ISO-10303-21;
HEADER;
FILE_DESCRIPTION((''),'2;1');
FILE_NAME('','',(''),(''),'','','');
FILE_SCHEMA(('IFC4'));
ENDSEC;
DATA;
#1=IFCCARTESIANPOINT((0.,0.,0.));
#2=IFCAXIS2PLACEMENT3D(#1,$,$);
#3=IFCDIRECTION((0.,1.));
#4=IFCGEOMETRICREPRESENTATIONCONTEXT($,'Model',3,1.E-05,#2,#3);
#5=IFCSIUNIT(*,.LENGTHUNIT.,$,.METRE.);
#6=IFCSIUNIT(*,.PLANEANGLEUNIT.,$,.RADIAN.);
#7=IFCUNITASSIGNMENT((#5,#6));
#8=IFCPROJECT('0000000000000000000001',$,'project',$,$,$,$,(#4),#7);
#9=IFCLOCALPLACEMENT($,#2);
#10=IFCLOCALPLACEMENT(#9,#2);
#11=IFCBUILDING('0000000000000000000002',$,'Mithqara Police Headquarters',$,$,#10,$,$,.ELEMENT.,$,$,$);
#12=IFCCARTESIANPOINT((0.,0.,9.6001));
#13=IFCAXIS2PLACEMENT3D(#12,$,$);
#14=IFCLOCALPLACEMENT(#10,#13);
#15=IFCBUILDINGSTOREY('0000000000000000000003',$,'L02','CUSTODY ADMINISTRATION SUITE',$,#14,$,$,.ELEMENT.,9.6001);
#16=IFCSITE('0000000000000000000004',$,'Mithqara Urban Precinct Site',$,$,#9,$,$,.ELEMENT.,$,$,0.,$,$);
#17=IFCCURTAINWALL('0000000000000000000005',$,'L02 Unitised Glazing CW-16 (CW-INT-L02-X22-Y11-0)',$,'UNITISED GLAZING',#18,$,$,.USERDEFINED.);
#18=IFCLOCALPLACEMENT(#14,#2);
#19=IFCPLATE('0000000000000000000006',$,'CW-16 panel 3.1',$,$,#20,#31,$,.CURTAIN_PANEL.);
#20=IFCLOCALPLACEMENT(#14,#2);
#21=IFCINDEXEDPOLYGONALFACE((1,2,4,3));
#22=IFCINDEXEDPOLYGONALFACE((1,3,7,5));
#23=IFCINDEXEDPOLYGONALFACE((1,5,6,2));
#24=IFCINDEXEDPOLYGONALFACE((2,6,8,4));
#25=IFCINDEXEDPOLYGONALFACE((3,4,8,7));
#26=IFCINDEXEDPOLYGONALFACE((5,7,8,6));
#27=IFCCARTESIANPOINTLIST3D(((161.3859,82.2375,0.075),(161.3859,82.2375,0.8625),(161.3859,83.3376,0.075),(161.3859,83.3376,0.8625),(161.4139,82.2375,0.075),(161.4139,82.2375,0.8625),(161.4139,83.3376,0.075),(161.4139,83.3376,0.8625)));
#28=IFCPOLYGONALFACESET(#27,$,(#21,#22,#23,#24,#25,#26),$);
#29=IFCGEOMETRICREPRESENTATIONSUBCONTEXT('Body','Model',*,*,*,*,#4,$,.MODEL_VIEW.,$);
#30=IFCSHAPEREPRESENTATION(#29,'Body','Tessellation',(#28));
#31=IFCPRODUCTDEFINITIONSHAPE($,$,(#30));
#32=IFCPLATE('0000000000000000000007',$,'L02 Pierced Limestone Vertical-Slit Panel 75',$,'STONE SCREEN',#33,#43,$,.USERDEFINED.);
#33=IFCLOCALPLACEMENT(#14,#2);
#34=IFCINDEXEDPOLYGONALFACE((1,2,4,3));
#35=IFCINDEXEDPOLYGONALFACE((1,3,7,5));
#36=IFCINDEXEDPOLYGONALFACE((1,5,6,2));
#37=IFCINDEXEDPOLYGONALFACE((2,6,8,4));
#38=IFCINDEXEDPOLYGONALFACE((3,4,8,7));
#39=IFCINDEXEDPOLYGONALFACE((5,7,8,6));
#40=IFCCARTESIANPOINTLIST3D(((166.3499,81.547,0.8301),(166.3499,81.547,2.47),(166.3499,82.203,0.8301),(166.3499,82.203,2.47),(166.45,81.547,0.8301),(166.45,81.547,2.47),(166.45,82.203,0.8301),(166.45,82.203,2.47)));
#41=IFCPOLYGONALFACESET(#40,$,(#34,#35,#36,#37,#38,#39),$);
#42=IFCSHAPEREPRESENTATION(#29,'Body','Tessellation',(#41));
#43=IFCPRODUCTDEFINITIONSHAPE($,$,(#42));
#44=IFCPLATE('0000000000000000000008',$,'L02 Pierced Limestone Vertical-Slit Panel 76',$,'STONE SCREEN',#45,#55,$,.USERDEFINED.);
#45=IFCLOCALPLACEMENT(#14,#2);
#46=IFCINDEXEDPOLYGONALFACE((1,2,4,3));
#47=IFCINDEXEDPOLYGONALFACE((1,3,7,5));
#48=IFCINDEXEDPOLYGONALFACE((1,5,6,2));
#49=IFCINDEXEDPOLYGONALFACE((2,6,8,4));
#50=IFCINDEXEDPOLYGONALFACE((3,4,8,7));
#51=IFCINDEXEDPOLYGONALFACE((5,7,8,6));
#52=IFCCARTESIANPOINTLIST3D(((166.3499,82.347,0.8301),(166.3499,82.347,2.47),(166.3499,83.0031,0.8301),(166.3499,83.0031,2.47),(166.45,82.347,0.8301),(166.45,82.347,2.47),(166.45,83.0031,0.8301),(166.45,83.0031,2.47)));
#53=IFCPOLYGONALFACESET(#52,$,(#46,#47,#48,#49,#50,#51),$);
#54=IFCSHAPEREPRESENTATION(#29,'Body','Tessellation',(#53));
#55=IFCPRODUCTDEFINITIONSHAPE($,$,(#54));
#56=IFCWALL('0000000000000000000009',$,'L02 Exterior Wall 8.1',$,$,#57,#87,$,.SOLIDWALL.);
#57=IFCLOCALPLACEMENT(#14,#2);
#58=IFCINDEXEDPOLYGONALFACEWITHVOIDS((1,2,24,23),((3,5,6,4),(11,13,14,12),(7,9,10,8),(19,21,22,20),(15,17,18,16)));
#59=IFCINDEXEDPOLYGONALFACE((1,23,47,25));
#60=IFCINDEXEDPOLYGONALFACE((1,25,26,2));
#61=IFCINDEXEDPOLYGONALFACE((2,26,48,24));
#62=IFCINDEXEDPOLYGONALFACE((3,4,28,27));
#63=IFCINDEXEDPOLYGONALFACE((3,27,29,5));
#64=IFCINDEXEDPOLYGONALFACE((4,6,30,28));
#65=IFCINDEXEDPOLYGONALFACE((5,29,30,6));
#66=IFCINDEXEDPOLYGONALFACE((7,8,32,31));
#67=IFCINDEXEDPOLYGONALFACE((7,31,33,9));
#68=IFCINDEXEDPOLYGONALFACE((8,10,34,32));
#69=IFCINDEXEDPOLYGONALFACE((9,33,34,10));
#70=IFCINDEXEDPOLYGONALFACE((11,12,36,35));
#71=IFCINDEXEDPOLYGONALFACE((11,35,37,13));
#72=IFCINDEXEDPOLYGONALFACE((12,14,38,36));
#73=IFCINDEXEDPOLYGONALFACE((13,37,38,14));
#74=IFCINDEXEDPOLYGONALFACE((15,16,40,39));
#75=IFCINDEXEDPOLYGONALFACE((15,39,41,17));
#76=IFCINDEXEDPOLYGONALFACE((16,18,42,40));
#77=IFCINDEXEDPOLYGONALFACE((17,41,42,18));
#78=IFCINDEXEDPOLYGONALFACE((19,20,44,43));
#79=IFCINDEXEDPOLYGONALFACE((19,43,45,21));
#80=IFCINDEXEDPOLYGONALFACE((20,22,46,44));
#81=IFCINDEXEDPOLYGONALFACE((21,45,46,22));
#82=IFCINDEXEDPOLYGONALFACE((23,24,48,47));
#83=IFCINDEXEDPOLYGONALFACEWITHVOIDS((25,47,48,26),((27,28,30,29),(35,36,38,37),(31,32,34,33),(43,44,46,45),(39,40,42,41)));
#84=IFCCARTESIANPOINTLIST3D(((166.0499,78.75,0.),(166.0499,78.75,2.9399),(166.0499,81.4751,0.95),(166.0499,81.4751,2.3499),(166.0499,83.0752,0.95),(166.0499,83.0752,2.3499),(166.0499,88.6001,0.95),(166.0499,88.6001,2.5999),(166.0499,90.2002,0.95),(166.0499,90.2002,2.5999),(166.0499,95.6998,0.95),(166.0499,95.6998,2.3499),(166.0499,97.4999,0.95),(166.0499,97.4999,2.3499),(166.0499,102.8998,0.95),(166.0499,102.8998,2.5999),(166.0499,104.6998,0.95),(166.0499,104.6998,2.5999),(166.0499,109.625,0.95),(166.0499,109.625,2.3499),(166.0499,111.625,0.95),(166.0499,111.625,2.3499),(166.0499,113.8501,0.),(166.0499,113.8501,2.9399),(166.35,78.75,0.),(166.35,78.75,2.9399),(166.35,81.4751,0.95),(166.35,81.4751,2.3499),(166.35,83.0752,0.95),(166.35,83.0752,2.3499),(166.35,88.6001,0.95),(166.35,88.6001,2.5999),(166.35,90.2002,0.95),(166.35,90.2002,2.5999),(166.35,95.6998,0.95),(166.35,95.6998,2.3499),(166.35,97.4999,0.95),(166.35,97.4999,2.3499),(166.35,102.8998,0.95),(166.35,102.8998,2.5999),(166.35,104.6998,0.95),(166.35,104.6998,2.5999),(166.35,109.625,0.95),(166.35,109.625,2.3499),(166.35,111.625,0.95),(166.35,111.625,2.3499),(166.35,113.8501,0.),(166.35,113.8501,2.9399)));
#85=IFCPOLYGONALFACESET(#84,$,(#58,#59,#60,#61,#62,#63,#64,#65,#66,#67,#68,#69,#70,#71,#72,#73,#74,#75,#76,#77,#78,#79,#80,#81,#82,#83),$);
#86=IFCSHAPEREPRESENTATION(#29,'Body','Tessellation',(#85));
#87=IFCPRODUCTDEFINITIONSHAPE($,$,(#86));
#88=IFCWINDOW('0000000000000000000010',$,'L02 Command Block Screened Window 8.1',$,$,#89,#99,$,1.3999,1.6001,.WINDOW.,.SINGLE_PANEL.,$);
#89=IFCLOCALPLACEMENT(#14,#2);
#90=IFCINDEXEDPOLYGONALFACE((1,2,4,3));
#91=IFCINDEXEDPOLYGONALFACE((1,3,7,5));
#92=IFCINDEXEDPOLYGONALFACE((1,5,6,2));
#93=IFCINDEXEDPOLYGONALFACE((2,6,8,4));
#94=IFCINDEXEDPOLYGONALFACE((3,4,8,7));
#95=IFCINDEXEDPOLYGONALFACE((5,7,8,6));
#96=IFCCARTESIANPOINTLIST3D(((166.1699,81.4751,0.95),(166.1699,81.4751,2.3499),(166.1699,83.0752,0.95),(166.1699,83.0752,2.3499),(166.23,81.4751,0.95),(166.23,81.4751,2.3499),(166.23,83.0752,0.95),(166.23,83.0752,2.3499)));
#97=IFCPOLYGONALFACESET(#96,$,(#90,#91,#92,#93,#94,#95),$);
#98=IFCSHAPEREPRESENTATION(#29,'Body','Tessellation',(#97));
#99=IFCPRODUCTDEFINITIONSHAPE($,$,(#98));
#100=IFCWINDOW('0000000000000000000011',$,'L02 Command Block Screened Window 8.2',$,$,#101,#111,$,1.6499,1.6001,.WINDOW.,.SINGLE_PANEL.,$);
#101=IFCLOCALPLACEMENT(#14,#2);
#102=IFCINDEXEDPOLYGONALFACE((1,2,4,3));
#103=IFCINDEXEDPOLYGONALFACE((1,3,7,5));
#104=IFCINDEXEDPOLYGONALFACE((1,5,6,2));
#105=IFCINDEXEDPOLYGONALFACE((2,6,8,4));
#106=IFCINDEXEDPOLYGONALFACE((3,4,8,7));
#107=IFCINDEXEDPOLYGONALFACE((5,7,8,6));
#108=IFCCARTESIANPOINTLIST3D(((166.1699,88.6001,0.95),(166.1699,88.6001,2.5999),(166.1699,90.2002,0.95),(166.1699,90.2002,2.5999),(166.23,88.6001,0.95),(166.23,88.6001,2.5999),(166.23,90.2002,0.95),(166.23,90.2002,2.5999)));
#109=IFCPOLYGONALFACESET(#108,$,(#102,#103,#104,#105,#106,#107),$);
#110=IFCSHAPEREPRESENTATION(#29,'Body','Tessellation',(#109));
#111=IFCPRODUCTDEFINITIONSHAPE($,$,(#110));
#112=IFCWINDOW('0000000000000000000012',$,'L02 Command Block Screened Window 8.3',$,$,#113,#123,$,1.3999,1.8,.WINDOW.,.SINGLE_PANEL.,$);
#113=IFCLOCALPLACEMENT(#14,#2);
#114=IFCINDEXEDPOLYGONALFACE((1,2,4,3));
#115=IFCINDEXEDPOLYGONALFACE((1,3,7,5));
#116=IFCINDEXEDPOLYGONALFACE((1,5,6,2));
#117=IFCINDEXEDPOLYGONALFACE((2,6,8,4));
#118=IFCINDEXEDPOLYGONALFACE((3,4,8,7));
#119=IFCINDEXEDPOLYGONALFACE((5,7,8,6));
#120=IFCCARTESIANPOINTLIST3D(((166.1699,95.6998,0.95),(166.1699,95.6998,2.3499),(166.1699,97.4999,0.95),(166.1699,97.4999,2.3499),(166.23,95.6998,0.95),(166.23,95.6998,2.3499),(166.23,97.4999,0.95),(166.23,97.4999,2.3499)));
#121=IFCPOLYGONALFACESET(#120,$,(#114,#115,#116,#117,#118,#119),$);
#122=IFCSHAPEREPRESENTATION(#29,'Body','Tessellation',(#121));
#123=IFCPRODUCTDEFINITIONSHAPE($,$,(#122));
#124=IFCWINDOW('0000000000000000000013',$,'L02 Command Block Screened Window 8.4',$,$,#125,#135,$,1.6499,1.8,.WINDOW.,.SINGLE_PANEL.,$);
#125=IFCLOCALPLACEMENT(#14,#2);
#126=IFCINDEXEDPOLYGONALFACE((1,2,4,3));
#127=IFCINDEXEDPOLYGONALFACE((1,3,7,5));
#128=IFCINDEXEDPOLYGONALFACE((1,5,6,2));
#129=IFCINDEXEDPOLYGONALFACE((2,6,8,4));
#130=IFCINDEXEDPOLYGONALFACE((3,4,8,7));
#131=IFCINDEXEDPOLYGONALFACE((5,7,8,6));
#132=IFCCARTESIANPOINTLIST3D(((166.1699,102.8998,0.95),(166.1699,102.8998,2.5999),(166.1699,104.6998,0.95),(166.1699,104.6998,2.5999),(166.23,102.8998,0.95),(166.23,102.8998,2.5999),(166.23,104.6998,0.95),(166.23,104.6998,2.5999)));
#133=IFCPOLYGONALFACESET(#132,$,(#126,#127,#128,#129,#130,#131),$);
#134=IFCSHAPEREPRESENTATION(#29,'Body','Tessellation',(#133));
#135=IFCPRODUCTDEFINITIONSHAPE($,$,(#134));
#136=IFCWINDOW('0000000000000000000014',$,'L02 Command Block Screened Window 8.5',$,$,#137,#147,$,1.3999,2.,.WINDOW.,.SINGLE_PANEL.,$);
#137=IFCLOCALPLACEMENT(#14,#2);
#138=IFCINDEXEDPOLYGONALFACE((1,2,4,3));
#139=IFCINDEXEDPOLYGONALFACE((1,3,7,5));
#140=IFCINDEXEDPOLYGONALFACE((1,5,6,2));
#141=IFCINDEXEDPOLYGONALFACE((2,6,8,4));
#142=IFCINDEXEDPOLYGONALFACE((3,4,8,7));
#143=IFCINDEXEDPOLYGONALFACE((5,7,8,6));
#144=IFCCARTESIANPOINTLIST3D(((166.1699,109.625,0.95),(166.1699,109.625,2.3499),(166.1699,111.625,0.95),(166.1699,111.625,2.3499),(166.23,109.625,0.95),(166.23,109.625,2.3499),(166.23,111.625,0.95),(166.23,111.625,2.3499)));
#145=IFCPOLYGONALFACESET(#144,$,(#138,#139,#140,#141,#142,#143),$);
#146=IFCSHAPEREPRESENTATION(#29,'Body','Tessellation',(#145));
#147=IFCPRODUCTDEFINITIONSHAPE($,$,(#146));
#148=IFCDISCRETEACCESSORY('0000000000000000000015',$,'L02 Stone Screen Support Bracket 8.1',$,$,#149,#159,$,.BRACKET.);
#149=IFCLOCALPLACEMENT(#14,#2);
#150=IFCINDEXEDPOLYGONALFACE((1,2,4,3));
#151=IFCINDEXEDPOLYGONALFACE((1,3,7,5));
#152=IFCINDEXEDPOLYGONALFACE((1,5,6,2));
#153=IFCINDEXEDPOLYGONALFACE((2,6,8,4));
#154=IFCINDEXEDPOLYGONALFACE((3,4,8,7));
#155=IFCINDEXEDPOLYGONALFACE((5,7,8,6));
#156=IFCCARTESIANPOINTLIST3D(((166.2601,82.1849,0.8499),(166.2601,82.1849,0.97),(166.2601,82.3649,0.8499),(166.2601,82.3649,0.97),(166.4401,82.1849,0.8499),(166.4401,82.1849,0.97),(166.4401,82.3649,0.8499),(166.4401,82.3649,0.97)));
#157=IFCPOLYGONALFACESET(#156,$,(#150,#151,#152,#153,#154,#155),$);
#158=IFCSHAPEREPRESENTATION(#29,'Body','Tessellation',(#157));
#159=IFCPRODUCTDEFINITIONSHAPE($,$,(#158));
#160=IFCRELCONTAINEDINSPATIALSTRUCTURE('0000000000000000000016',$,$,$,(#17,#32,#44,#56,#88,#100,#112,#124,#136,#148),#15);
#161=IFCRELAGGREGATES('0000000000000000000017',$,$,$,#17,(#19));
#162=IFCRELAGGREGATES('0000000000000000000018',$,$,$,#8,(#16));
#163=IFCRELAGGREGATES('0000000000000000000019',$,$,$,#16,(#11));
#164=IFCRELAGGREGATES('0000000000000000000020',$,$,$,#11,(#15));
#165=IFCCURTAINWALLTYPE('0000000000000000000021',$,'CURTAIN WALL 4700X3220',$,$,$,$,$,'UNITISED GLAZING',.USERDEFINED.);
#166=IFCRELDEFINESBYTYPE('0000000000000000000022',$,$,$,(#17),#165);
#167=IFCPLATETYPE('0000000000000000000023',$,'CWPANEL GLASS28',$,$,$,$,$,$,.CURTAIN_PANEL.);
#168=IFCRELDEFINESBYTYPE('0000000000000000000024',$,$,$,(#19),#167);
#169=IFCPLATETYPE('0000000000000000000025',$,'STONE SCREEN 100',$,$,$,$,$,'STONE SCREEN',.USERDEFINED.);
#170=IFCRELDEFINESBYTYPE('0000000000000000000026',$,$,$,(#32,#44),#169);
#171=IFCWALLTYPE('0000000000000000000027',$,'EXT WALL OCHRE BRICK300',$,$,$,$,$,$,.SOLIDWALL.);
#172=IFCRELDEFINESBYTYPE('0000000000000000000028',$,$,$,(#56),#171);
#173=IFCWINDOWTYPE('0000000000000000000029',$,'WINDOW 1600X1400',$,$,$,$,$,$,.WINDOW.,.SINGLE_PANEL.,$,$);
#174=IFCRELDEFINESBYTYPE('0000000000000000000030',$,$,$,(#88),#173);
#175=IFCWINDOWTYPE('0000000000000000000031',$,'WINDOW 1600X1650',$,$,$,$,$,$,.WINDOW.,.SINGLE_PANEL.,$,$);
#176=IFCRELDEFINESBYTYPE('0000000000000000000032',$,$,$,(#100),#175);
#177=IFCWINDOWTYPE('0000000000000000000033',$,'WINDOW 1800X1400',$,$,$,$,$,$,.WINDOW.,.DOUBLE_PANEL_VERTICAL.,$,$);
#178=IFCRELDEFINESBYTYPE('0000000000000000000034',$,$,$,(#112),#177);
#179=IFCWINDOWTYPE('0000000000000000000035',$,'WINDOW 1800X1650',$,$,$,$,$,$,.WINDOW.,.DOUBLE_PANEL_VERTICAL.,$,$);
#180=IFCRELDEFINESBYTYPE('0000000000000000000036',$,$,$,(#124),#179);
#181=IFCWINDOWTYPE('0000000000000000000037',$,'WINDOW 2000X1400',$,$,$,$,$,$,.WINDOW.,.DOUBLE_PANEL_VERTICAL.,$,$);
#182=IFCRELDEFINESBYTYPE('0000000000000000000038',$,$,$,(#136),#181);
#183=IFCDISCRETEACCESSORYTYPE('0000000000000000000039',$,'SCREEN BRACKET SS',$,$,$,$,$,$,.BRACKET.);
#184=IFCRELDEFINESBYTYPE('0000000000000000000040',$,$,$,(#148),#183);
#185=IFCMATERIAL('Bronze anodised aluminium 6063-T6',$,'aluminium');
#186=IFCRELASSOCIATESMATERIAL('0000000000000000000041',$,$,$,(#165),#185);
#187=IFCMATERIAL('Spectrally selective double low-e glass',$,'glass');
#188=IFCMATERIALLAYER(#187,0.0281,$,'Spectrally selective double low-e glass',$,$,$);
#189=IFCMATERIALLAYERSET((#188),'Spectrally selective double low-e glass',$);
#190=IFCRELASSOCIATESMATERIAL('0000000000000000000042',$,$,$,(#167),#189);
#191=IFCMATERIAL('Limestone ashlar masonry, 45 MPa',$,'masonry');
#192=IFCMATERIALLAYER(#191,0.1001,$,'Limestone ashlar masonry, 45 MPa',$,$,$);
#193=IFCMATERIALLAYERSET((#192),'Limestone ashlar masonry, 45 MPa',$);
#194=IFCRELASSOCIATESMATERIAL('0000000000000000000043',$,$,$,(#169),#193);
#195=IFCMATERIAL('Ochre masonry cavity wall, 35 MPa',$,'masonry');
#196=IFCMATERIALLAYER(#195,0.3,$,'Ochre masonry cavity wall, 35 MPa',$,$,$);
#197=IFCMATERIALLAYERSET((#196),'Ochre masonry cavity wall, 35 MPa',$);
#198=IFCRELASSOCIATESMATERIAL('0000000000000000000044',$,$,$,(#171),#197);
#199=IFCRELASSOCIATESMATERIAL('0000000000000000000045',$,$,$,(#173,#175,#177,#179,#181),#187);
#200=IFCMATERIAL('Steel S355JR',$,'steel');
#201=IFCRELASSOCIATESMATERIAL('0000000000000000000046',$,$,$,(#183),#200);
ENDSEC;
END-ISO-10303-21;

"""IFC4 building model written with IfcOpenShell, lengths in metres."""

from ifc_helpers import new_model, si_unit, direction, frame, frame_2d, origin, origin_2d, place, context, subcontext, project, spatial, rectangle, extrude, material, layer, layer_set, type_object, element, fill, aggregate, save


model = new_model("IFC4")

# Units and contexts
model_context = context("Model", 3, precision=1e-05, world=origin(), true_north=direction((0.0, 1.0)))
body_context = subcontext(model_context, "Body", "Model", "MODEL_VIEW")
ifc_project = project(units=[si_unit("LENGTHUNIT", "METRE"), si_unit("PLANEANGLEUNIT", "RADIAN")], contexts=[model_context])

# Site, building, storey
site_placement = place(None, origin())
site = spatial("IfcSite", under=ifc_project, at=site_placement, Name="Mithqara Urban Precinct Site", CompositionType="ELEMENT", RefElevation=0.0)
building_placement = place(site_placement, origin())
building = spatial("IfcBuilding", under=site, at=building_placement, Name="Mithqara Police Headquarters", CompositionType="ELEMENT")
storey_placement = place(building_placement, frame((0.0, 0.0, 9.6001)))
storey = spatial("IfcBuildingStorey", under=building, at=storey_placement, Name="L02", Description="CUSTODY ADMINISTRATION SUITE", CompositionType="ELEMENT", Elevation=9.6001)

# Curtain wall, plate
ifc_material_1 = material(Name="Bronze anodised aluminium 6063-T6", Category="aluminium")
curtain_wall_type = type_object("IfcCurtainWallType", Name="CURTAIN WALL 4700X3220", ElementType="UNITISED GLAZING", PredefinedType="USERDEFINED", material=ifc_material_1)
curtain_wall_placement = place(storey_placement, origin())
curtain_wall = element("IfcCurtainWall", 1, at=curtain_wall_placement, inside=storey, type_object=curtain_wall_type, Name="L02 Unitised Glazing CW-16 (CW-INT-L02-X22-Y11-0)", ObjectType="UNITISED GLAZING", PredefinedType="USERDEFINED")
ifc_material_2 = material(Name="Spectrally selective double low-e glass", Category="glass")
ifc_layer_1 = layer(ifc_material_2, 0.0281, Name="Spectrally selective double low-e glass")
ifc_layer_set_1 = layer_set([ifc_layer_1], Name="Spectrally selective double low-e glass")
plate_type_1 = type_object("IfcPlateType", Name="CWPANEL GLASS28", PredefinedType="CURTAIN_PANEL", material=ifc_layer_set_1)
plate_1_placement = place(storey_placement, frame((161.3999, 82.7876, 0.075), z_axis=(0.0, 0.0, 1.0), x_axis=(0.0, 1.0, 0.0)))
plate_1 = element("IfcPlate", 2, at=plate_1_placement, type_object=plate_type_1, Name="CW-16 panel 3.1", PredefinedType="CURTAIN_PANEL", context=body_context, shape_type="SweptSolid", body=[
    extrude(rectangle(XDim=1.1001, YDim=0.0281, at=origin_2d()), origin(), (0.0, 0.0, 1.0), 0.7876),
])
aggregate(curtain_wall, [plate_1])

# Plates
ifc_material_3 = material(Name="Limestone ashlar masonry, 45 MPa", Category="masonry")
ifc_layer_2 = layer(ifc_material_3, 0.1001, Name="Limestone ashlar masonry, 45 MPa")
ifc_layer_set_2 = layer_set([ifc_layer_2], Name="Limestone ashlar masonry, 45 MPa")
plate_type_2 = type_object("IfcPlateType", Name="STONE SCREEN 100", ElementType="STONE SCREEN", PredefinedType="USERDEFINED", material=ifc_layer_set_2)
for number, where, z_axis, x_axis, name in (
    (3, (166.3999, 81.875, 0.8301), (0.0, 0.0, 1.0), (0.0, 1.0, 0.0), "L02 Pierced Limestone Vertical-Slit Panel 75"),
    (4, (166.3999, 82.675, 0.8301), (0.0, 0.0, 1.0), (0.0, 1.0, 0.0), "L02 Pierced Limestone Vertical-Slit Panel 76"),
):
    element("IfcPlate", number, at=place(storey_placement, frame(where, z_axis=z_axis, x_axis=x_axis)), inside=storey, type_object=plate_type_2, Name=name, ObjectType="STONE SCREEN", PredefinedType="USERDEFINED", context=body_context, shape_type="SweptSolid", body=[
        extrude(rectangle(XDim=0.656, YDim=0.1001, at=origin_2d()), origin(), (0.0, 0.0, 1.0), 1.6399),
    ])

# Wall, openings, windows
ifc_material_4 = material(Name="Ochre masonry cavity wall, 35 MPa", Category="masonry")
ifc_layer_3 = layer(ifc_material_4, 0.3, Name="Ochre masonry cavity wall, 35 MPa")
ifc_layer_set_3 = layer_set([ifc_layer_3], Name="Ochre masonry cavity wall, 35 MPa")
wall_type = type_object("IfcWallType", Name="EXT WALL OCHRE BRICK300", PredefinedType="SOLIDWALL", material=ifc_layer_set_3)
wall_placement = place(storey_placement, frame((166.2, 78.75, 0.0), z_axis=(0.0, 0.0, 1.0), x_axis=(0.0, 1.0, 0.0)))
wall = element("IfcWall", 5, at=wall_placement, inside=storey, type_object=wall_type, Name="L02 Exterior Wall 8.1", PredefinedType="SOLIDWALL", context=body_context, shape_type="SweptSolid", body=[
    extrude(rectangle(XDim=35.1001, YDim=0.3, at=frame_2d((17.55, 0.0))), origin(), (0.0, 0.0, 1.0), 2.9399),
])
opening_1_placement = place(wall_placement, frame((2.7251, 0.0, 0.95)))
opening_1 = element("IfcOpeningElement", 6, at=opening_1_placement, cuts=wall, PredefinedType="OPENING", context=body_context, shape_type="SweptSolid", body=[
    extrude(rectangle(XDim=1.6001, YDim=1.3999, at=frame_2d((0.8, 0.7))), frame((0.0, 0.1602, 0.0), z_axis=(0.0, -1.0, 0.0), x_axis=(1.0, 0.0, 0.0)), (0.0, 0.0, 1.0), 0.3201),
])
opening_2_placement = place(wall_placement, frame((9.8501, 0.0, 0.95)))
opening_2 = element("IfcOpeningElement", 7, at=opening_2_placement, cuts=wall, PredefinedType="OPENING", context=body_context, shape_type="SweptSolid", body=[
    extrude(rectangle(XDim=1.6001, YDim=1.6499, at=frame_2d((0.8, 0.825))), frame((0.0, 0.1602, 0.0), z_axis=(0.0, -1.0, 0.0), x_axis=(1.0, 0.0, 0.0)), (0.0, 0.0, 1.0), 0.3201),
])
opening_3_placement = place(wall_placement, frame((16.95, 0.0, 0.95)))
opening_3 = element("IfcOpeningElement", 8, at=opening_3_placement, cuts=wall, PredefinedType="OPENING", context=body_context, shape_type="SweptSolid", body=[
    extrude(rectangle(XDim=1.8, YDim=1.3999, at=frame_2d((0.8999, 0.7))), frame((0.0, 0.1602, 0.0), z_axis=(0.0, -1.0, 0.0), x_axis=(1.0, 0.0, 0.0)), (0.0, 0.0, 1.0), 0.3201),
])
opening_4_placement = place(wall_placement, frame((24.1499, 0.0, 0.95)))
opening_4 = element("IfcOpeningElement", 9, at=opening_4_placement, cuts=wall, PredefinedType="OPENING", context=body_context, shape_type="SweptSolid", body=[
    extrude(rectangle(XDim=1.8, YDim=1.6499, at=frame_2d((0.8999, 0.825))), frame((0.0, 0.1602, 0.0), z_axis=(0.0, -1.0, 0.0), x_axis=(1.0, 0.0, 0.0)), (0.0, 0.0, 1.0), 0.3201),
])
opening_5_placement = place(wall_placement, frame((30.875, 0.0, 0.95)))
opening_5 = element("IfcOpeningElement", 10, at=opening_5_placement, cuts=wall, PredefinedType="OPENING", context=body_context, shape_type="SweptSolid", body=[
    extrude(rectangle(XDim=2.0, YDim=1.3999, at=frame_2d((1.0, 0.7))), frame((0.0, 0.1602, 0.0), z_axis=(0.0, -1.0, 0.0), x_axis=(1.0, 0.0, 0.0)), (0.0, 0.0, 1.0), 0.3201),
])
window_type_1 = type_object("IfcWindowType", Name="WINDOW 1600X1400", PartitioningType="SINGLE_PANEL", PredefinedType="WINDOW", material=ifc_material_2)
window_1_placement = place(opening_1_placement, origin())
window_1 = element("IfcWindow", 11, at=window_1_placement, inside=storey, type_object=window_type_1, Name="L02 Command Block Screened Window 8.1", OverallHeight=1.3999, OverallWidth=1.6001, PartitioningType="SINGLE_PANEL", PredefinedType="WINDOW", context=body_context, shape_type="SweptSolid", body=[
    extrude(rectangle(XDim=1.6001, YDim=1.3999, at=frame_2d((0.8, 0.7))), frame((0.0, 0.03, 0.0), z_axis=(0.0, -1.0, 0.0), x_axis=(1.0, 0.0, 0.0)), (0.0, 0.0, 1.0), 0.0601),
])
fill(opening_1, window_1)
window_type_2 = type_object("IfcWindowType", Name="WINDOW 1600X1650", PartitioningType="SINGLE_PANEL", PredefinedType="WINDOW", material=ifc_material_2)
window_2_placement = place(opening_2_placement, origin())
window_2 = element("IfcWindow", 12, at=window_2_placement, inside=storey, type_object=window_type_2, Name="L02 Command Block Screened Window 8.2", OverallHeight=1.6499, OverallWidth=1.6001, PartitioningType="SINGLE_PANEL", PredefinedType="WINDOW", context=body_context, shape_type="SweptSolid", body=[
    extrude(rectangle(XDim=1.6001, YDim=1.6499, at=frame_2d((0.8, 0.825))), frame((0.0, 0.03, 0.0), z_axis=(0.0, -1.0, 0.0), x_axis=(1.0, 0.0, 0.0)), (0.0, 0.0, 1.0), 0.0601),
])
fill(opening_2, window_2)
window_type_3 = type_object("IfcWindowType", Name="WINDOW 1800X1400", PartitioningType="DOUBLE_PANEL_VERTICAL", PredefinedType="WINDOW", material=ifc_material_2)
window_3_placement = place(opening_3_placement, origin())
window_3 = element("IfcWindow", 13, at=window_3_placement, inside=storey, type_object=window_type_3, Name="L02 Command Block Screened Window 8.3", OverallHeight=1.3999, OverallWidth=1.8, PartitioningType="SINGLE_PANEL", PredefinedType="WINDOW", context=body_context, shape_type="SweptSolid", body=[
    extrude(rectangle(XDim=1.8, YDim=1.3999, at=frame_2d((0.8999, 0.7))), frame((0.0, 0.03, 0.0), z_axis=(0.0, -1.0, 0.0), x_axis=(1.0, 0.0, 0.0)), (0.0, 0.0, 1.0), 0.0601),
])
fill(opening_3, window_3)
window_type_4 = type_object("IfcWindowType", Name="WINDOW 1800X1650", PartitioningType="DOUBLE_PANEL_VERTICAL", PredefinedType="WINDOW", material=ifc_material_2)
window_4_placement = place(opening_4_placement, origin())
window_4 = element("IfcWindow", 14, at=window_4_placement, inside=storey, type_object=window_type_4, Name="L02 Command Block Screened Window 8.4", OverallHeight=1.6499, OverallWidth=1.8, PartitioningType="SINGLE_PANEL", PredefinedType="WINDOW", context=body_context, shape_type="SweptSolid", body=[
    extrude(rectangle(XDim=1.8, YDim=1.6499, at=frame_2d((0.8999, 0.825))), frame((0.0, 0.03, 0.0), z_axis=(0.0, -1.0, 0.0), x_axis=(1.0, 0.0, 0.0)), (0.0, 0.0, 1.0), 0.0601),
])
fill(opening_4, window_4)
window_type_5 = type_object("IfcWindowType", Name="WINDOW 2000X1400", PartitioningType="DOUBLE_PANEL_VERTICAL", PredefinedType="WINDOW", material=ifc_material_2)
window_5_placement = place(opening_5_placement, origin())
window_5 = element("IfcWindow", 15, at=window_5_placement, inside=storey, type_object=window_type_5, Name="L02 Command Block Screened Window 8.5", OverallHeight=1.3999, OverallWidth=2.0, PartitioningType="SINGLE_PANEL", PredefinedType="WINDOW", context=body_context, shape_type="SweptSolid", body=[
    extrude(rectangle(XDim=2.0, YDim=1.3999, at=frame_2d((1.0, 0.7))), frame((0.0, 0.03, 0.0), z_axis=(0.0, -1.0, 0.0), x_axis=(1.0, 0.0, 0.0)), (0.0, 0.0, 1.0), 0.0601),
])
fill(opening_5, window_5)

# Discrete accessory
ifc_material_5 = material(Name="Steel S355JR", Category="steel")
discrete_accessory_type = type_object("IfcDiscreteAccessoryType", Name="SCREEN BRACKET SS", PredefinedType="BRACKET", material=ifc_material_5)
discrete_accessory_placement = place(storey_placement, frame((166.3501, 82.2749, 0.8499), z_axis=(0.0, 0.0, 1.0), x_axis=(0.0, 1.0, 0.0)))
element("IfcDiscreteAccessory", 16, at=discrete_accessory_placement, inside=storey, type_object=discrete_accessory_type, Name="L02 Stone Screen Support Bracket 8.1", PredefinedType="BRACKET", context=body_context, shape_type="SweptSolid", body=[
    extrude(rectangle(XDim=0.1799, YDim=0.1799, at=origin_2d()), origin(), (0.0, 0.0, 1.0), 0.1201),
])

save(model, "model.ifc")
